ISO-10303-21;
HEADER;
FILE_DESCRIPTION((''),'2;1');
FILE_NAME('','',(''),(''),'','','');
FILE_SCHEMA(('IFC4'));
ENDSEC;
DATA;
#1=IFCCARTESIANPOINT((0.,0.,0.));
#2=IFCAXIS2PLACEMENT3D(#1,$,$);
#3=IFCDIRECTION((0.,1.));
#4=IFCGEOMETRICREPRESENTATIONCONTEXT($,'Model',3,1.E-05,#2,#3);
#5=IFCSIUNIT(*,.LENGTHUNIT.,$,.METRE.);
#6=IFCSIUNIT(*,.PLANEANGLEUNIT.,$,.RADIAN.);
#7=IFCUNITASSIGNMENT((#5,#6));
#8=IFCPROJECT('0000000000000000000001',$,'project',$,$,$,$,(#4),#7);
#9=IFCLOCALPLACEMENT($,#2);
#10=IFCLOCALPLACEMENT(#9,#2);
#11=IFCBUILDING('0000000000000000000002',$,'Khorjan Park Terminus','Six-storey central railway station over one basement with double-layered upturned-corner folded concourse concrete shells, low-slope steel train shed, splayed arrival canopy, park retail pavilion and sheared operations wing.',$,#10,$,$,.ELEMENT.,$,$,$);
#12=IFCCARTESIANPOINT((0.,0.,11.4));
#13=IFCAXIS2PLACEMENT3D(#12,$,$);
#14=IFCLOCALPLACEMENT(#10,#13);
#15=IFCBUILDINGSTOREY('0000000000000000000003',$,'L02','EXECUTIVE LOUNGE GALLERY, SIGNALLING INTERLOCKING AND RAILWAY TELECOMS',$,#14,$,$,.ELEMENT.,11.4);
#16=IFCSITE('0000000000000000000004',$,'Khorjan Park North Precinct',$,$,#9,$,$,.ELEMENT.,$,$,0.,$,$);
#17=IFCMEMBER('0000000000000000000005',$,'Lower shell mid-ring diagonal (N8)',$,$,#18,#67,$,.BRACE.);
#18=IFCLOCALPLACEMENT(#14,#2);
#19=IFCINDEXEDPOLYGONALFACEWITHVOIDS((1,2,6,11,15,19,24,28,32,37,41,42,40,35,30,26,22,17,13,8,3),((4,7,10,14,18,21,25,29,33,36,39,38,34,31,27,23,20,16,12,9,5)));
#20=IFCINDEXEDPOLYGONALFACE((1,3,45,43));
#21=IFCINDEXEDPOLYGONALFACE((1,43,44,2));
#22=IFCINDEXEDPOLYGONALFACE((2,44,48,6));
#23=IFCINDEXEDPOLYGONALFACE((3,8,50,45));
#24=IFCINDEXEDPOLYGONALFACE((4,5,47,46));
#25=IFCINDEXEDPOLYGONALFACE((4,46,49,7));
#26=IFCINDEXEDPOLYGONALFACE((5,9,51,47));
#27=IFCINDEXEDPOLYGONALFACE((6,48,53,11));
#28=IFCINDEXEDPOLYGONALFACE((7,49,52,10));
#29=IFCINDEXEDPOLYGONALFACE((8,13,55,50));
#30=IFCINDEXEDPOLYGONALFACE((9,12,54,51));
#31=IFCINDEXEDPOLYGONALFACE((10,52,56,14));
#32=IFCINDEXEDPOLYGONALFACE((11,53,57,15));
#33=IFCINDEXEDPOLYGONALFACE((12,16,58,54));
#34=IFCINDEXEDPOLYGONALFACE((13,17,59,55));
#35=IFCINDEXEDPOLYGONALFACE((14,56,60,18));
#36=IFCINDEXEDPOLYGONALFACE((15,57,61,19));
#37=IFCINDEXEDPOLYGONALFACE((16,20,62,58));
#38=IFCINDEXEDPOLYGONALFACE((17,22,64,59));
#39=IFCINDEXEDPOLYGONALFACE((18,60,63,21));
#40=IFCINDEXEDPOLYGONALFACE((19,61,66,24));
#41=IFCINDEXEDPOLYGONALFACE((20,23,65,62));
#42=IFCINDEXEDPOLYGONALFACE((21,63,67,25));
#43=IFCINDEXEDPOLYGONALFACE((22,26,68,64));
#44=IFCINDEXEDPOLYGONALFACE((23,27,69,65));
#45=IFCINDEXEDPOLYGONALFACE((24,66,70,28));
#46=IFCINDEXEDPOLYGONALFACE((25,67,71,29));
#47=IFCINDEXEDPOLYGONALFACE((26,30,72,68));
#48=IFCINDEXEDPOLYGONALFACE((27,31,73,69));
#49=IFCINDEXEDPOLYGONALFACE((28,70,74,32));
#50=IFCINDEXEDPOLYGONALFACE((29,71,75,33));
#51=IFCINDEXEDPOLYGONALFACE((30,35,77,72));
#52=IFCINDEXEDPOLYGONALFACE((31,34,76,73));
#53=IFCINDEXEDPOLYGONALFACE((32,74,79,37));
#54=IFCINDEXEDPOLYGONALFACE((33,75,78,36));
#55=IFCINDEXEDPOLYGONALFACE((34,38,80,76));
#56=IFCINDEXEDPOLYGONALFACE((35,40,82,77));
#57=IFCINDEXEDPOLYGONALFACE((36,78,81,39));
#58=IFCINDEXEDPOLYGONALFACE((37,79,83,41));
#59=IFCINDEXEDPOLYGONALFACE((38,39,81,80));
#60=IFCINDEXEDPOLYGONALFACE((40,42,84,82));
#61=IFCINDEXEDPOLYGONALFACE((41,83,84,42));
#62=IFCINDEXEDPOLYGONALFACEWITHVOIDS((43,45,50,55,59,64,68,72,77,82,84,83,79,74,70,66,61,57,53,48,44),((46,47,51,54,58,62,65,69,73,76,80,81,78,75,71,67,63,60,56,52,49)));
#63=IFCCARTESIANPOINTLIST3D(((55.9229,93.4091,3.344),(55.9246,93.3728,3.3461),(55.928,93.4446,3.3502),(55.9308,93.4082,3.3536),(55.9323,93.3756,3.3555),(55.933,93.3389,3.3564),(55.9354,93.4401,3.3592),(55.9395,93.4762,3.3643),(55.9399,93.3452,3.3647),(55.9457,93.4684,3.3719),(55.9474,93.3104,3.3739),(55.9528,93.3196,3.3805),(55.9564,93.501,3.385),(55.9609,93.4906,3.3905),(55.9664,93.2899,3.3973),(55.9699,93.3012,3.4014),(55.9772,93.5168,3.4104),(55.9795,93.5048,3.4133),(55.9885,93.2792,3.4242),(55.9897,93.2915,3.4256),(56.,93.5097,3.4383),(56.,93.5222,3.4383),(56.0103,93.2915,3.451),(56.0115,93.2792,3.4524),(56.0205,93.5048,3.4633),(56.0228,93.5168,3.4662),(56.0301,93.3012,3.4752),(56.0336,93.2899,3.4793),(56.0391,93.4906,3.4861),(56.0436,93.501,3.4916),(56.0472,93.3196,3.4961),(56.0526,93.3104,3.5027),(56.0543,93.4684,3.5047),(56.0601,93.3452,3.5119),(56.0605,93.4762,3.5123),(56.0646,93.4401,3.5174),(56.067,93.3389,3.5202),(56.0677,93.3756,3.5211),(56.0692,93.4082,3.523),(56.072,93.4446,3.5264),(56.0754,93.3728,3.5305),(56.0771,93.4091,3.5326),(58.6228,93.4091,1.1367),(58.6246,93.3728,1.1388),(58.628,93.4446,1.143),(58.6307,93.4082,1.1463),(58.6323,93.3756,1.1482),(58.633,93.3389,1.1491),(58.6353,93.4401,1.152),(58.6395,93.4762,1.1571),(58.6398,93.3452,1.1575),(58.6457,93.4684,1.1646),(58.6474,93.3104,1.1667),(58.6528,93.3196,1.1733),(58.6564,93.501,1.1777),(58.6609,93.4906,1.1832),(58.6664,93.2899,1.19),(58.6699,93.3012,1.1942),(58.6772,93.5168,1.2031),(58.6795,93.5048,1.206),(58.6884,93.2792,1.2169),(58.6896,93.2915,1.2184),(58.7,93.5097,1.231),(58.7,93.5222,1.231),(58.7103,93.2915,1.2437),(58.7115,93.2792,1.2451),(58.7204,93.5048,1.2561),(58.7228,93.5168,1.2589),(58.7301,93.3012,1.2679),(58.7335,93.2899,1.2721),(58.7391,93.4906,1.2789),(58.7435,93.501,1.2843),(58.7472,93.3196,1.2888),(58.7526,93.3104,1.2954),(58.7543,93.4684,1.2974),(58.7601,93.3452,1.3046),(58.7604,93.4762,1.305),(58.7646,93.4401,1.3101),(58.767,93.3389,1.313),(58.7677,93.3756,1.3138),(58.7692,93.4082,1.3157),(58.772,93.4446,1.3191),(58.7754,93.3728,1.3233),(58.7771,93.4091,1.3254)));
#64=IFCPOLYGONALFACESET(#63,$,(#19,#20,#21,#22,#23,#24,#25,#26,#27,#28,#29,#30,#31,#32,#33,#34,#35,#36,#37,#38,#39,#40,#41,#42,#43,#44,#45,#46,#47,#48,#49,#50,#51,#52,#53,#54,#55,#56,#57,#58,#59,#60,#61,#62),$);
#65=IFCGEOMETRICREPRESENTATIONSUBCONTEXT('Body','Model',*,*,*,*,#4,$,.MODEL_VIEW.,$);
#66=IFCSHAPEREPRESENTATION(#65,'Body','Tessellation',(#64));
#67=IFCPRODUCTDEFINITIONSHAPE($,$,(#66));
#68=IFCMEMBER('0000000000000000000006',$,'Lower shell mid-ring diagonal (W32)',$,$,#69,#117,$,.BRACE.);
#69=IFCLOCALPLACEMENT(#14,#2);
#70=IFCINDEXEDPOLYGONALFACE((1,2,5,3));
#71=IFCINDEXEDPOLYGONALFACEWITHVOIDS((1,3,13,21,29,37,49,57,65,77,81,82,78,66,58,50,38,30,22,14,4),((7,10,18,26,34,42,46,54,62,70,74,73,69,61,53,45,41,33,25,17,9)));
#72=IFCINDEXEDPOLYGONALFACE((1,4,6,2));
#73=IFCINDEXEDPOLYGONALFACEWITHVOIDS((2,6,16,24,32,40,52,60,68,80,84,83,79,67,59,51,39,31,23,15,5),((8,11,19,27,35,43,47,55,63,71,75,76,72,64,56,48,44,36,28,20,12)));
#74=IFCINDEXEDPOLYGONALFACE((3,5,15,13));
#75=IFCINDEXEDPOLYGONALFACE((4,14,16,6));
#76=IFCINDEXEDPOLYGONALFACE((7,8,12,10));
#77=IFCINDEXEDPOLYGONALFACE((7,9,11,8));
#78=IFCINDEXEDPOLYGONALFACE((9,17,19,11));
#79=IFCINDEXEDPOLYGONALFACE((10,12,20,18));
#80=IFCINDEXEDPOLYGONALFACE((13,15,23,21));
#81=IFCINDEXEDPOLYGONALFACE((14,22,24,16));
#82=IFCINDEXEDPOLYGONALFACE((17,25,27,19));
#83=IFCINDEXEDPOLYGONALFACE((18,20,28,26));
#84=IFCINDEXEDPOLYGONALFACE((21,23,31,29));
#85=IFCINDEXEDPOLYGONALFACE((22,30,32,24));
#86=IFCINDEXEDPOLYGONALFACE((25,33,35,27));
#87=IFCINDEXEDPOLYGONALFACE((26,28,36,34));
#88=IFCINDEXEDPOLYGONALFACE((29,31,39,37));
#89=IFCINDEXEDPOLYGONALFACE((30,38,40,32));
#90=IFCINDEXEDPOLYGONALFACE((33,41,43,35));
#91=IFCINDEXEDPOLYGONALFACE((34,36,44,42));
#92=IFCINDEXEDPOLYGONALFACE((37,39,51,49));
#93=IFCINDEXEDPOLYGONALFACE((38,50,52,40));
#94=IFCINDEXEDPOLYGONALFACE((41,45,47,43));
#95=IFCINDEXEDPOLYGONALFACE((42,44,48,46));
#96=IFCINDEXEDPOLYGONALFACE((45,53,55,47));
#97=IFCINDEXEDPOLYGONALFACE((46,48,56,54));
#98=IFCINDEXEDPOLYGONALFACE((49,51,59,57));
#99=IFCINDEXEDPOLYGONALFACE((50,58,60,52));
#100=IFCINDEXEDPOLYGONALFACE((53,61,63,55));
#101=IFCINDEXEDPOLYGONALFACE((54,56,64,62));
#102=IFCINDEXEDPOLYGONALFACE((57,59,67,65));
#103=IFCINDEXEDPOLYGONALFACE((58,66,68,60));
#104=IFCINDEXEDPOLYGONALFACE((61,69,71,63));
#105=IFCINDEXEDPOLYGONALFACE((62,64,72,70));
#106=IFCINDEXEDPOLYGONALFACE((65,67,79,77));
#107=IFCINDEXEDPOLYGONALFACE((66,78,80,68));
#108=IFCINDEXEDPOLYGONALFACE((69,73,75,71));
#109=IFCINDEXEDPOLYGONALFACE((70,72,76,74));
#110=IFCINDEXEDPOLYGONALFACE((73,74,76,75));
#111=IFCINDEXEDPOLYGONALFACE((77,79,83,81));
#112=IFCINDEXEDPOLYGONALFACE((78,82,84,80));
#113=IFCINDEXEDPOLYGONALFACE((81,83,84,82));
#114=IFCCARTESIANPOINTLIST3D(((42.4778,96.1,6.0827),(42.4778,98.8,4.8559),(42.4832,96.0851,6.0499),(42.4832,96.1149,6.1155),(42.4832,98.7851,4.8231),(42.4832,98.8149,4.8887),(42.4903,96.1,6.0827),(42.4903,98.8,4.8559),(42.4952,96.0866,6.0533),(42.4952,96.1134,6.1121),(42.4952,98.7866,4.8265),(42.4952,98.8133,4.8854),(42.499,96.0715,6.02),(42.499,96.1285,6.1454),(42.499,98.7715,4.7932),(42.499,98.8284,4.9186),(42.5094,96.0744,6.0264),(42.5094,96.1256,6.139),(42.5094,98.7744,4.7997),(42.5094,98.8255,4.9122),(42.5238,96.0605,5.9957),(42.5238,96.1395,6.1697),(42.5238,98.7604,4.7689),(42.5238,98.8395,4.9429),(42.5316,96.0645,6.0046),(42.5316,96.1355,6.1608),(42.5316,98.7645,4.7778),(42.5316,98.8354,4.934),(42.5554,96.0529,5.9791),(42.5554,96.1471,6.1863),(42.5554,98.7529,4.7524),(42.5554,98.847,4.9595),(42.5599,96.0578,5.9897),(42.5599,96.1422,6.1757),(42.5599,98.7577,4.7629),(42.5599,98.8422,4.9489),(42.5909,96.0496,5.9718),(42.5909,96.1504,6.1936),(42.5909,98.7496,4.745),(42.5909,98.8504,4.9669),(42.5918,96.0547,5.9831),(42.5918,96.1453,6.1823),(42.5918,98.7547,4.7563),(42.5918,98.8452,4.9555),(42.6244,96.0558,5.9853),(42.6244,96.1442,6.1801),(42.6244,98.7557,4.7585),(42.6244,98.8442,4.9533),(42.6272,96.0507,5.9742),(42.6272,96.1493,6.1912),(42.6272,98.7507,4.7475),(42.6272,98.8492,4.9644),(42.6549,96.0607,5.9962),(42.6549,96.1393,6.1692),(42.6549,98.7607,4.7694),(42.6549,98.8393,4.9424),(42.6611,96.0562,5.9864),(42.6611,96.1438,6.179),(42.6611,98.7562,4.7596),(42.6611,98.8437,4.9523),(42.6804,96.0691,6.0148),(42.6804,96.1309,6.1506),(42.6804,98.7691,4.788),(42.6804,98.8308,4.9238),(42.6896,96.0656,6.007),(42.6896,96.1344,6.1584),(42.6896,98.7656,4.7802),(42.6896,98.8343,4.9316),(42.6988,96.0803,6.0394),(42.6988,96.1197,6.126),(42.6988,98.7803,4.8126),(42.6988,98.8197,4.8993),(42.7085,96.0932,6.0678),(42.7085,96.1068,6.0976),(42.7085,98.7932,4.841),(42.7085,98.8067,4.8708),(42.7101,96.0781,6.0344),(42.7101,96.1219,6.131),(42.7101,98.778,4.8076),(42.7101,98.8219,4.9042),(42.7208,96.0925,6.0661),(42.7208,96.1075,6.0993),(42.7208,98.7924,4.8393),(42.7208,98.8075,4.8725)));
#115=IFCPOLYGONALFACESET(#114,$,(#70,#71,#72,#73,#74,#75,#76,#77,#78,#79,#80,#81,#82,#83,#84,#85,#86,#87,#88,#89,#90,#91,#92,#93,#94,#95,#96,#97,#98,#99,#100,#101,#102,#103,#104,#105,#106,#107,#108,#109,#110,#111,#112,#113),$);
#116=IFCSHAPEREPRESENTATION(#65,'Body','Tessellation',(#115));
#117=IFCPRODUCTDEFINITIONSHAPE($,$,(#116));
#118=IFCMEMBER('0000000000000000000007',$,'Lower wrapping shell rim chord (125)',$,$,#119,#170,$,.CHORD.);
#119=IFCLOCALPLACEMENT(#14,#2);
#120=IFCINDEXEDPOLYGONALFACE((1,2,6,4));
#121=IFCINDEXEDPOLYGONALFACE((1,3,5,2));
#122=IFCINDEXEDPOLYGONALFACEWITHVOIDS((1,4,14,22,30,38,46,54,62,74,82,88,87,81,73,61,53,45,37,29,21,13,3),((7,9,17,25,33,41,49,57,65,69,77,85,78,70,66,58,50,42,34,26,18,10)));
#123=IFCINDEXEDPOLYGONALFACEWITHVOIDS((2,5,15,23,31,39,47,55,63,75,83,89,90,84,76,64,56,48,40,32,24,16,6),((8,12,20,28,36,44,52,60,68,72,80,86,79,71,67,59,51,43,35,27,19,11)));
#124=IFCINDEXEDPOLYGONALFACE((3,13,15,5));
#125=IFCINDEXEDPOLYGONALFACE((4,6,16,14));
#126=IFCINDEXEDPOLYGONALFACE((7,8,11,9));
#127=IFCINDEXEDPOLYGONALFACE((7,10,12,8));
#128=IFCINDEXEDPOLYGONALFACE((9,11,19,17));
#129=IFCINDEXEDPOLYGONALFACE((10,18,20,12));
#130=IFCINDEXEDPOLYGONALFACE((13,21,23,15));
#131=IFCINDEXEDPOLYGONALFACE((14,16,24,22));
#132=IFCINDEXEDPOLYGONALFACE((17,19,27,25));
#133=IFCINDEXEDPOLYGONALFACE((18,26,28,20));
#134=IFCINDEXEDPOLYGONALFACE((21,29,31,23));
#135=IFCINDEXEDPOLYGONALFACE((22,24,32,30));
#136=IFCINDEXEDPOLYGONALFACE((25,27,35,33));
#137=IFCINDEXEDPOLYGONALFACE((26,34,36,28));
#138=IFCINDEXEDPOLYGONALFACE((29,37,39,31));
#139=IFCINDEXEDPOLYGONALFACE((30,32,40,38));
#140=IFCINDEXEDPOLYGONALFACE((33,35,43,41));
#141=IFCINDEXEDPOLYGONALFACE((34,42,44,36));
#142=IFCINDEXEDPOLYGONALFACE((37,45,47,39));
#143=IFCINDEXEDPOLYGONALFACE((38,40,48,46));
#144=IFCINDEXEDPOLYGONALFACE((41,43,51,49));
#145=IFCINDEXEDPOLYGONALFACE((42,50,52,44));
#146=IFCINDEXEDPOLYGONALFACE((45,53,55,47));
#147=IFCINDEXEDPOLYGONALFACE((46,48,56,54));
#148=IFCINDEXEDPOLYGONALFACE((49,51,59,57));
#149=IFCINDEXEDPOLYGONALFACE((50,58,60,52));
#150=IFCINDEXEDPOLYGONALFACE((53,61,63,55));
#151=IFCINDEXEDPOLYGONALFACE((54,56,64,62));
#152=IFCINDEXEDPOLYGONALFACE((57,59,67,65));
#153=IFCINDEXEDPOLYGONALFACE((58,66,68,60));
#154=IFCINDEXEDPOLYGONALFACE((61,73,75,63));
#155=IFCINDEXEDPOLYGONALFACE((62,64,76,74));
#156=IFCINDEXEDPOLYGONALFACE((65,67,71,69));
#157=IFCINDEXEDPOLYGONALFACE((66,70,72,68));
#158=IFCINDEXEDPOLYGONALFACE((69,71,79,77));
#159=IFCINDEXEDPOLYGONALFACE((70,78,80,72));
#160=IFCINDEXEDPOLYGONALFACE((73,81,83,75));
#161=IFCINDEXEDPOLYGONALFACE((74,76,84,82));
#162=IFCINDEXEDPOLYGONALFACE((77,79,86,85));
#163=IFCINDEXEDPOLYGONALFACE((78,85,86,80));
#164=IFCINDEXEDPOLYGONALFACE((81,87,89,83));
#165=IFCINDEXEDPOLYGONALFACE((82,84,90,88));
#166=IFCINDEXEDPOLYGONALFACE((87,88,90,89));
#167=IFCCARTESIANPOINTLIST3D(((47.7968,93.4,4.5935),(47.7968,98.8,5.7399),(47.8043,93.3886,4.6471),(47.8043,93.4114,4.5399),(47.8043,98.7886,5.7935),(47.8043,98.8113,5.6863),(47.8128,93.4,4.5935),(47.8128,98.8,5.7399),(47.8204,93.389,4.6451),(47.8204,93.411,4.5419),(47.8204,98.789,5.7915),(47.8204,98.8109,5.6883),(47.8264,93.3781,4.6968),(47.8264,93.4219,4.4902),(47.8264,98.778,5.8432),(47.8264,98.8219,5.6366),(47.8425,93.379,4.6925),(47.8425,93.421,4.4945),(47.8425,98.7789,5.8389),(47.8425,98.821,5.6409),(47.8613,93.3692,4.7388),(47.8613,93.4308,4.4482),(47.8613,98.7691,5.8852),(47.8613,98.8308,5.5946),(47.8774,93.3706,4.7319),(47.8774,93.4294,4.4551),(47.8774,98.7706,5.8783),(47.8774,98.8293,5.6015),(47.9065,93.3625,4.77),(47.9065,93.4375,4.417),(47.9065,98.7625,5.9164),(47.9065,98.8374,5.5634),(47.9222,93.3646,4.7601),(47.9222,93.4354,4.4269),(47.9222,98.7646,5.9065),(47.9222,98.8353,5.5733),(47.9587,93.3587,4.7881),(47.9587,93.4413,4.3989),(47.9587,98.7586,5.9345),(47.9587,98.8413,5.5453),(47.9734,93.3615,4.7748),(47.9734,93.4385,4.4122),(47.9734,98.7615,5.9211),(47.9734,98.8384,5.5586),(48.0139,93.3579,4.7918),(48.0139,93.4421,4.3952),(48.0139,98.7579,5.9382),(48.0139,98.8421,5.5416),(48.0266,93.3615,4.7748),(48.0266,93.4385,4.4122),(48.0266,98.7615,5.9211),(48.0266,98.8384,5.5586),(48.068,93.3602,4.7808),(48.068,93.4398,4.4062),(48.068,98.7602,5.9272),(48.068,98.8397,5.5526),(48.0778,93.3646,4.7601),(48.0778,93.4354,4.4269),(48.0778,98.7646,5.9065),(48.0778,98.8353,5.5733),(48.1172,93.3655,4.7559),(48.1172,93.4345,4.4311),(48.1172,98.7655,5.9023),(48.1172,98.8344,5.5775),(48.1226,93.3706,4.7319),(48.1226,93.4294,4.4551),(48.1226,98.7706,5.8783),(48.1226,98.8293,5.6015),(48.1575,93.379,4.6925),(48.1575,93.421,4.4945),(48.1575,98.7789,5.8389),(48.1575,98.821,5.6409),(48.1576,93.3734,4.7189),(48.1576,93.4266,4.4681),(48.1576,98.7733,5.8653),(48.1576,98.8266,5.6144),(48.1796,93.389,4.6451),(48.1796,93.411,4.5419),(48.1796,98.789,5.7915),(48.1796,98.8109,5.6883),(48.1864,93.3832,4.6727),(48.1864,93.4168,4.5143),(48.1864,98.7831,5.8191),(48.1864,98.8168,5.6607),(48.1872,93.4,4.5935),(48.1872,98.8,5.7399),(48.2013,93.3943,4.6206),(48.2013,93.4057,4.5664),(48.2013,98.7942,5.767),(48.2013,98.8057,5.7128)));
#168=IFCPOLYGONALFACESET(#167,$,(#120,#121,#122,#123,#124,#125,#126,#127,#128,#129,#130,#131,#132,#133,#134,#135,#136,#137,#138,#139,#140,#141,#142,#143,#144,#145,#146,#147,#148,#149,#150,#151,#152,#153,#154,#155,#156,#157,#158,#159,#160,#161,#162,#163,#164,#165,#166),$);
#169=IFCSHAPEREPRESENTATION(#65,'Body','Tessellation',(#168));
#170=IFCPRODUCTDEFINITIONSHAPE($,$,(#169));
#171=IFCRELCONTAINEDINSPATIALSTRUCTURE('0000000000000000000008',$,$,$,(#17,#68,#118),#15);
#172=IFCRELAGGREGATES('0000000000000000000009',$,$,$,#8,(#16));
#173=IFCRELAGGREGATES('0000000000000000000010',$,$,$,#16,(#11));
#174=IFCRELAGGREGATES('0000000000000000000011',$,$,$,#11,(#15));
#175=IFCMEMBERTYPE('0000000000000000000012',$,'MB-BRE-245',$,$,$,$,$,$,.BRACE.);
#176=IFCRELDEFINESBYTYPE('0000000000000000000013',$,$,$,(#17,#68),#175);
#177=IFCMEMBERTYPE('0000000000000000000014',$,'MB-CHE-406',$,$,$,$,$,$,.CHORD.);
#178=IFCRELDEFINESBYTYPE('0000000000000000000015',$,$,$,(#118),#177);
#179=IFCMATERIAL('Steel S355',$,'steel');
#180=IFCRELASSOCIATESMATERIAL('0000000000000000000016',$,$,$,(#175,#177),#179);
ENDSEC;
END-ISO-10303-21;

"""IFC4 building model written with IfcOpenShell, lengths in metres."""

from ifc_helpers import new_model, si_unit, direction, frame, origin, origin_2d, place, context, subcontext, project, spatial, hollow_circle, extrude, material, material_profile, profile_set, type_object, element, save


model = new_model("IFC4")

# Units and contexts
model_context = context("Model", 3, precision=1e-05, world=origin(), true_north=direction((0.0, 1.0)))
body_context = subcontext(model_context, "Body", "Model", "MODEL_VIEW")
ifc_project = project(units=[si_unit("LENGTHUNIT", "METRE"), si_unit("PLANEANGLEUNIT", "RADIAN")], contexts=[model_context])

# Site, building, storey
site_placement = place(None, origin())
site = spatial("IfcSite", under=ifc_project, at=site_placement, Name="Khorjan Park North Precinct", CompositionType="ELEMENT", RefElevation=0.0)
building_placement = place(site_placement, origin())
building = spatial("IfcBuilding", under=site, at=building_placement, Name="Khorjan Park Terminus", Description="Six-storey central railway station over one basement with double-layered upturned-corner folded concourse concrete shells, low-slope steel train shed, splayed arrival canopy, park retail pavilion and sheared operations wing.", CompositionType="ELEMENT")
storey_placement = place(building_placement, frame((0.0, 0.0, 11.4)))
storey = spatial("IfcBuildingStorey", under=building, at=storey_placement, Name="L02", Description="EXECUTIVE LOUNGE GALLERY, SIGNALLING INTERLOCKING AND RAILWAY TELECOMS", CompositionType="ELEMENT", Elevation=11.4)

# Members
ifc_material_1 = material(Name="Steel S355", Category="steel")
ifc_material_profile_1 = material_profile(ifc_material_1, hollow_circle(Radius=0.1222, WallThickness=0.0125, at=origin_2d()), Name="CHS 244.5x12.5")
ifc_profile_set_1 = profile_set([ifc_material_profile_1], Name="Steel S355")
member_type_1 = type_object("IfcMemberType", Name="MB-BRE-245", PredefinedType="BRACE", material=ifc_profile_set_1)
member_1_placement = place(storey_placement, frame((56.0, 93.4, 3.4383), z_axis=(0.774209, 0.0, -0.63293), x_axis=(0.0, 1.0, 0.0)))
element("IfcMember", 1, at=member_1_placement, inside=storey, type_object=member_type_1, Name="Lower shell mid-ring diagonal (N8)", PredefinedType="BRACE", context=body_context, shape_type="SweptSolid", body=[
    extrude(hollow_circle(Radius=0.1222, WallThickness=0.0125, at=origin_2d()), origin(), (0.0, 0.0, 1.0), 3.4874),
])
member_2_placement = place(storey_placement, frame((42.6, 96.1, 6.0827), z_axis=(0.0, 0.910427, -0.413671), x_axis=(-1.0, 0.0, 0.0)))
element("IfcMember", 2, at=member_2_placement, inside=storey, type_object=member_type_1, Name="Lower shell mid-ring diagonal (W32)", PredefinedType="BRACE", context=body_context, shape_type="SweptSolid", body=[
    extrude(hollow_circle(Radius=0.1222, WallThickness=0.0125, at=origin_2d()), origin(), (0.0, 0.0, 1.0), 2.9656),
])
ifc_material_profile_2 = material_profile(ifc_material_1, hollow_circle(Radius=0.2032, WallThickness=0.016, at=origin_2d()), Name="CHS 406.4x16")
ifc_profile_set_2 = profile_set([ifc_material_profile_2], Name="Steel S355")
member_type_2 = type_object("IfcMemberType", Name="MB-CHE-406", PredefinedType="CHORD", material=ifc_profile_set_2)
member_3_placement = place(storey_placement, frame((48.0, 93.4, 4.5935), z_axis=(0.0, 0.978199, 0.207668), x_axis=(-1.0, 0.0, 0.0)))
element("IfcMember", 3, at=member_3_placement, inside=storey, type_object=member_type_2, Name="Lower wrapping shell rim chord (125)", PredefinedType="CHORD", context=body_context, shape_type="SweptSolid", body=[
    extrude(hollow_circle(Radius=0.2032, WallThickness=0.016, at=origin_2d()), origin(), (0.0, 0.0, 1.0), 5.5203),
])

save(model, "model.ifc")
